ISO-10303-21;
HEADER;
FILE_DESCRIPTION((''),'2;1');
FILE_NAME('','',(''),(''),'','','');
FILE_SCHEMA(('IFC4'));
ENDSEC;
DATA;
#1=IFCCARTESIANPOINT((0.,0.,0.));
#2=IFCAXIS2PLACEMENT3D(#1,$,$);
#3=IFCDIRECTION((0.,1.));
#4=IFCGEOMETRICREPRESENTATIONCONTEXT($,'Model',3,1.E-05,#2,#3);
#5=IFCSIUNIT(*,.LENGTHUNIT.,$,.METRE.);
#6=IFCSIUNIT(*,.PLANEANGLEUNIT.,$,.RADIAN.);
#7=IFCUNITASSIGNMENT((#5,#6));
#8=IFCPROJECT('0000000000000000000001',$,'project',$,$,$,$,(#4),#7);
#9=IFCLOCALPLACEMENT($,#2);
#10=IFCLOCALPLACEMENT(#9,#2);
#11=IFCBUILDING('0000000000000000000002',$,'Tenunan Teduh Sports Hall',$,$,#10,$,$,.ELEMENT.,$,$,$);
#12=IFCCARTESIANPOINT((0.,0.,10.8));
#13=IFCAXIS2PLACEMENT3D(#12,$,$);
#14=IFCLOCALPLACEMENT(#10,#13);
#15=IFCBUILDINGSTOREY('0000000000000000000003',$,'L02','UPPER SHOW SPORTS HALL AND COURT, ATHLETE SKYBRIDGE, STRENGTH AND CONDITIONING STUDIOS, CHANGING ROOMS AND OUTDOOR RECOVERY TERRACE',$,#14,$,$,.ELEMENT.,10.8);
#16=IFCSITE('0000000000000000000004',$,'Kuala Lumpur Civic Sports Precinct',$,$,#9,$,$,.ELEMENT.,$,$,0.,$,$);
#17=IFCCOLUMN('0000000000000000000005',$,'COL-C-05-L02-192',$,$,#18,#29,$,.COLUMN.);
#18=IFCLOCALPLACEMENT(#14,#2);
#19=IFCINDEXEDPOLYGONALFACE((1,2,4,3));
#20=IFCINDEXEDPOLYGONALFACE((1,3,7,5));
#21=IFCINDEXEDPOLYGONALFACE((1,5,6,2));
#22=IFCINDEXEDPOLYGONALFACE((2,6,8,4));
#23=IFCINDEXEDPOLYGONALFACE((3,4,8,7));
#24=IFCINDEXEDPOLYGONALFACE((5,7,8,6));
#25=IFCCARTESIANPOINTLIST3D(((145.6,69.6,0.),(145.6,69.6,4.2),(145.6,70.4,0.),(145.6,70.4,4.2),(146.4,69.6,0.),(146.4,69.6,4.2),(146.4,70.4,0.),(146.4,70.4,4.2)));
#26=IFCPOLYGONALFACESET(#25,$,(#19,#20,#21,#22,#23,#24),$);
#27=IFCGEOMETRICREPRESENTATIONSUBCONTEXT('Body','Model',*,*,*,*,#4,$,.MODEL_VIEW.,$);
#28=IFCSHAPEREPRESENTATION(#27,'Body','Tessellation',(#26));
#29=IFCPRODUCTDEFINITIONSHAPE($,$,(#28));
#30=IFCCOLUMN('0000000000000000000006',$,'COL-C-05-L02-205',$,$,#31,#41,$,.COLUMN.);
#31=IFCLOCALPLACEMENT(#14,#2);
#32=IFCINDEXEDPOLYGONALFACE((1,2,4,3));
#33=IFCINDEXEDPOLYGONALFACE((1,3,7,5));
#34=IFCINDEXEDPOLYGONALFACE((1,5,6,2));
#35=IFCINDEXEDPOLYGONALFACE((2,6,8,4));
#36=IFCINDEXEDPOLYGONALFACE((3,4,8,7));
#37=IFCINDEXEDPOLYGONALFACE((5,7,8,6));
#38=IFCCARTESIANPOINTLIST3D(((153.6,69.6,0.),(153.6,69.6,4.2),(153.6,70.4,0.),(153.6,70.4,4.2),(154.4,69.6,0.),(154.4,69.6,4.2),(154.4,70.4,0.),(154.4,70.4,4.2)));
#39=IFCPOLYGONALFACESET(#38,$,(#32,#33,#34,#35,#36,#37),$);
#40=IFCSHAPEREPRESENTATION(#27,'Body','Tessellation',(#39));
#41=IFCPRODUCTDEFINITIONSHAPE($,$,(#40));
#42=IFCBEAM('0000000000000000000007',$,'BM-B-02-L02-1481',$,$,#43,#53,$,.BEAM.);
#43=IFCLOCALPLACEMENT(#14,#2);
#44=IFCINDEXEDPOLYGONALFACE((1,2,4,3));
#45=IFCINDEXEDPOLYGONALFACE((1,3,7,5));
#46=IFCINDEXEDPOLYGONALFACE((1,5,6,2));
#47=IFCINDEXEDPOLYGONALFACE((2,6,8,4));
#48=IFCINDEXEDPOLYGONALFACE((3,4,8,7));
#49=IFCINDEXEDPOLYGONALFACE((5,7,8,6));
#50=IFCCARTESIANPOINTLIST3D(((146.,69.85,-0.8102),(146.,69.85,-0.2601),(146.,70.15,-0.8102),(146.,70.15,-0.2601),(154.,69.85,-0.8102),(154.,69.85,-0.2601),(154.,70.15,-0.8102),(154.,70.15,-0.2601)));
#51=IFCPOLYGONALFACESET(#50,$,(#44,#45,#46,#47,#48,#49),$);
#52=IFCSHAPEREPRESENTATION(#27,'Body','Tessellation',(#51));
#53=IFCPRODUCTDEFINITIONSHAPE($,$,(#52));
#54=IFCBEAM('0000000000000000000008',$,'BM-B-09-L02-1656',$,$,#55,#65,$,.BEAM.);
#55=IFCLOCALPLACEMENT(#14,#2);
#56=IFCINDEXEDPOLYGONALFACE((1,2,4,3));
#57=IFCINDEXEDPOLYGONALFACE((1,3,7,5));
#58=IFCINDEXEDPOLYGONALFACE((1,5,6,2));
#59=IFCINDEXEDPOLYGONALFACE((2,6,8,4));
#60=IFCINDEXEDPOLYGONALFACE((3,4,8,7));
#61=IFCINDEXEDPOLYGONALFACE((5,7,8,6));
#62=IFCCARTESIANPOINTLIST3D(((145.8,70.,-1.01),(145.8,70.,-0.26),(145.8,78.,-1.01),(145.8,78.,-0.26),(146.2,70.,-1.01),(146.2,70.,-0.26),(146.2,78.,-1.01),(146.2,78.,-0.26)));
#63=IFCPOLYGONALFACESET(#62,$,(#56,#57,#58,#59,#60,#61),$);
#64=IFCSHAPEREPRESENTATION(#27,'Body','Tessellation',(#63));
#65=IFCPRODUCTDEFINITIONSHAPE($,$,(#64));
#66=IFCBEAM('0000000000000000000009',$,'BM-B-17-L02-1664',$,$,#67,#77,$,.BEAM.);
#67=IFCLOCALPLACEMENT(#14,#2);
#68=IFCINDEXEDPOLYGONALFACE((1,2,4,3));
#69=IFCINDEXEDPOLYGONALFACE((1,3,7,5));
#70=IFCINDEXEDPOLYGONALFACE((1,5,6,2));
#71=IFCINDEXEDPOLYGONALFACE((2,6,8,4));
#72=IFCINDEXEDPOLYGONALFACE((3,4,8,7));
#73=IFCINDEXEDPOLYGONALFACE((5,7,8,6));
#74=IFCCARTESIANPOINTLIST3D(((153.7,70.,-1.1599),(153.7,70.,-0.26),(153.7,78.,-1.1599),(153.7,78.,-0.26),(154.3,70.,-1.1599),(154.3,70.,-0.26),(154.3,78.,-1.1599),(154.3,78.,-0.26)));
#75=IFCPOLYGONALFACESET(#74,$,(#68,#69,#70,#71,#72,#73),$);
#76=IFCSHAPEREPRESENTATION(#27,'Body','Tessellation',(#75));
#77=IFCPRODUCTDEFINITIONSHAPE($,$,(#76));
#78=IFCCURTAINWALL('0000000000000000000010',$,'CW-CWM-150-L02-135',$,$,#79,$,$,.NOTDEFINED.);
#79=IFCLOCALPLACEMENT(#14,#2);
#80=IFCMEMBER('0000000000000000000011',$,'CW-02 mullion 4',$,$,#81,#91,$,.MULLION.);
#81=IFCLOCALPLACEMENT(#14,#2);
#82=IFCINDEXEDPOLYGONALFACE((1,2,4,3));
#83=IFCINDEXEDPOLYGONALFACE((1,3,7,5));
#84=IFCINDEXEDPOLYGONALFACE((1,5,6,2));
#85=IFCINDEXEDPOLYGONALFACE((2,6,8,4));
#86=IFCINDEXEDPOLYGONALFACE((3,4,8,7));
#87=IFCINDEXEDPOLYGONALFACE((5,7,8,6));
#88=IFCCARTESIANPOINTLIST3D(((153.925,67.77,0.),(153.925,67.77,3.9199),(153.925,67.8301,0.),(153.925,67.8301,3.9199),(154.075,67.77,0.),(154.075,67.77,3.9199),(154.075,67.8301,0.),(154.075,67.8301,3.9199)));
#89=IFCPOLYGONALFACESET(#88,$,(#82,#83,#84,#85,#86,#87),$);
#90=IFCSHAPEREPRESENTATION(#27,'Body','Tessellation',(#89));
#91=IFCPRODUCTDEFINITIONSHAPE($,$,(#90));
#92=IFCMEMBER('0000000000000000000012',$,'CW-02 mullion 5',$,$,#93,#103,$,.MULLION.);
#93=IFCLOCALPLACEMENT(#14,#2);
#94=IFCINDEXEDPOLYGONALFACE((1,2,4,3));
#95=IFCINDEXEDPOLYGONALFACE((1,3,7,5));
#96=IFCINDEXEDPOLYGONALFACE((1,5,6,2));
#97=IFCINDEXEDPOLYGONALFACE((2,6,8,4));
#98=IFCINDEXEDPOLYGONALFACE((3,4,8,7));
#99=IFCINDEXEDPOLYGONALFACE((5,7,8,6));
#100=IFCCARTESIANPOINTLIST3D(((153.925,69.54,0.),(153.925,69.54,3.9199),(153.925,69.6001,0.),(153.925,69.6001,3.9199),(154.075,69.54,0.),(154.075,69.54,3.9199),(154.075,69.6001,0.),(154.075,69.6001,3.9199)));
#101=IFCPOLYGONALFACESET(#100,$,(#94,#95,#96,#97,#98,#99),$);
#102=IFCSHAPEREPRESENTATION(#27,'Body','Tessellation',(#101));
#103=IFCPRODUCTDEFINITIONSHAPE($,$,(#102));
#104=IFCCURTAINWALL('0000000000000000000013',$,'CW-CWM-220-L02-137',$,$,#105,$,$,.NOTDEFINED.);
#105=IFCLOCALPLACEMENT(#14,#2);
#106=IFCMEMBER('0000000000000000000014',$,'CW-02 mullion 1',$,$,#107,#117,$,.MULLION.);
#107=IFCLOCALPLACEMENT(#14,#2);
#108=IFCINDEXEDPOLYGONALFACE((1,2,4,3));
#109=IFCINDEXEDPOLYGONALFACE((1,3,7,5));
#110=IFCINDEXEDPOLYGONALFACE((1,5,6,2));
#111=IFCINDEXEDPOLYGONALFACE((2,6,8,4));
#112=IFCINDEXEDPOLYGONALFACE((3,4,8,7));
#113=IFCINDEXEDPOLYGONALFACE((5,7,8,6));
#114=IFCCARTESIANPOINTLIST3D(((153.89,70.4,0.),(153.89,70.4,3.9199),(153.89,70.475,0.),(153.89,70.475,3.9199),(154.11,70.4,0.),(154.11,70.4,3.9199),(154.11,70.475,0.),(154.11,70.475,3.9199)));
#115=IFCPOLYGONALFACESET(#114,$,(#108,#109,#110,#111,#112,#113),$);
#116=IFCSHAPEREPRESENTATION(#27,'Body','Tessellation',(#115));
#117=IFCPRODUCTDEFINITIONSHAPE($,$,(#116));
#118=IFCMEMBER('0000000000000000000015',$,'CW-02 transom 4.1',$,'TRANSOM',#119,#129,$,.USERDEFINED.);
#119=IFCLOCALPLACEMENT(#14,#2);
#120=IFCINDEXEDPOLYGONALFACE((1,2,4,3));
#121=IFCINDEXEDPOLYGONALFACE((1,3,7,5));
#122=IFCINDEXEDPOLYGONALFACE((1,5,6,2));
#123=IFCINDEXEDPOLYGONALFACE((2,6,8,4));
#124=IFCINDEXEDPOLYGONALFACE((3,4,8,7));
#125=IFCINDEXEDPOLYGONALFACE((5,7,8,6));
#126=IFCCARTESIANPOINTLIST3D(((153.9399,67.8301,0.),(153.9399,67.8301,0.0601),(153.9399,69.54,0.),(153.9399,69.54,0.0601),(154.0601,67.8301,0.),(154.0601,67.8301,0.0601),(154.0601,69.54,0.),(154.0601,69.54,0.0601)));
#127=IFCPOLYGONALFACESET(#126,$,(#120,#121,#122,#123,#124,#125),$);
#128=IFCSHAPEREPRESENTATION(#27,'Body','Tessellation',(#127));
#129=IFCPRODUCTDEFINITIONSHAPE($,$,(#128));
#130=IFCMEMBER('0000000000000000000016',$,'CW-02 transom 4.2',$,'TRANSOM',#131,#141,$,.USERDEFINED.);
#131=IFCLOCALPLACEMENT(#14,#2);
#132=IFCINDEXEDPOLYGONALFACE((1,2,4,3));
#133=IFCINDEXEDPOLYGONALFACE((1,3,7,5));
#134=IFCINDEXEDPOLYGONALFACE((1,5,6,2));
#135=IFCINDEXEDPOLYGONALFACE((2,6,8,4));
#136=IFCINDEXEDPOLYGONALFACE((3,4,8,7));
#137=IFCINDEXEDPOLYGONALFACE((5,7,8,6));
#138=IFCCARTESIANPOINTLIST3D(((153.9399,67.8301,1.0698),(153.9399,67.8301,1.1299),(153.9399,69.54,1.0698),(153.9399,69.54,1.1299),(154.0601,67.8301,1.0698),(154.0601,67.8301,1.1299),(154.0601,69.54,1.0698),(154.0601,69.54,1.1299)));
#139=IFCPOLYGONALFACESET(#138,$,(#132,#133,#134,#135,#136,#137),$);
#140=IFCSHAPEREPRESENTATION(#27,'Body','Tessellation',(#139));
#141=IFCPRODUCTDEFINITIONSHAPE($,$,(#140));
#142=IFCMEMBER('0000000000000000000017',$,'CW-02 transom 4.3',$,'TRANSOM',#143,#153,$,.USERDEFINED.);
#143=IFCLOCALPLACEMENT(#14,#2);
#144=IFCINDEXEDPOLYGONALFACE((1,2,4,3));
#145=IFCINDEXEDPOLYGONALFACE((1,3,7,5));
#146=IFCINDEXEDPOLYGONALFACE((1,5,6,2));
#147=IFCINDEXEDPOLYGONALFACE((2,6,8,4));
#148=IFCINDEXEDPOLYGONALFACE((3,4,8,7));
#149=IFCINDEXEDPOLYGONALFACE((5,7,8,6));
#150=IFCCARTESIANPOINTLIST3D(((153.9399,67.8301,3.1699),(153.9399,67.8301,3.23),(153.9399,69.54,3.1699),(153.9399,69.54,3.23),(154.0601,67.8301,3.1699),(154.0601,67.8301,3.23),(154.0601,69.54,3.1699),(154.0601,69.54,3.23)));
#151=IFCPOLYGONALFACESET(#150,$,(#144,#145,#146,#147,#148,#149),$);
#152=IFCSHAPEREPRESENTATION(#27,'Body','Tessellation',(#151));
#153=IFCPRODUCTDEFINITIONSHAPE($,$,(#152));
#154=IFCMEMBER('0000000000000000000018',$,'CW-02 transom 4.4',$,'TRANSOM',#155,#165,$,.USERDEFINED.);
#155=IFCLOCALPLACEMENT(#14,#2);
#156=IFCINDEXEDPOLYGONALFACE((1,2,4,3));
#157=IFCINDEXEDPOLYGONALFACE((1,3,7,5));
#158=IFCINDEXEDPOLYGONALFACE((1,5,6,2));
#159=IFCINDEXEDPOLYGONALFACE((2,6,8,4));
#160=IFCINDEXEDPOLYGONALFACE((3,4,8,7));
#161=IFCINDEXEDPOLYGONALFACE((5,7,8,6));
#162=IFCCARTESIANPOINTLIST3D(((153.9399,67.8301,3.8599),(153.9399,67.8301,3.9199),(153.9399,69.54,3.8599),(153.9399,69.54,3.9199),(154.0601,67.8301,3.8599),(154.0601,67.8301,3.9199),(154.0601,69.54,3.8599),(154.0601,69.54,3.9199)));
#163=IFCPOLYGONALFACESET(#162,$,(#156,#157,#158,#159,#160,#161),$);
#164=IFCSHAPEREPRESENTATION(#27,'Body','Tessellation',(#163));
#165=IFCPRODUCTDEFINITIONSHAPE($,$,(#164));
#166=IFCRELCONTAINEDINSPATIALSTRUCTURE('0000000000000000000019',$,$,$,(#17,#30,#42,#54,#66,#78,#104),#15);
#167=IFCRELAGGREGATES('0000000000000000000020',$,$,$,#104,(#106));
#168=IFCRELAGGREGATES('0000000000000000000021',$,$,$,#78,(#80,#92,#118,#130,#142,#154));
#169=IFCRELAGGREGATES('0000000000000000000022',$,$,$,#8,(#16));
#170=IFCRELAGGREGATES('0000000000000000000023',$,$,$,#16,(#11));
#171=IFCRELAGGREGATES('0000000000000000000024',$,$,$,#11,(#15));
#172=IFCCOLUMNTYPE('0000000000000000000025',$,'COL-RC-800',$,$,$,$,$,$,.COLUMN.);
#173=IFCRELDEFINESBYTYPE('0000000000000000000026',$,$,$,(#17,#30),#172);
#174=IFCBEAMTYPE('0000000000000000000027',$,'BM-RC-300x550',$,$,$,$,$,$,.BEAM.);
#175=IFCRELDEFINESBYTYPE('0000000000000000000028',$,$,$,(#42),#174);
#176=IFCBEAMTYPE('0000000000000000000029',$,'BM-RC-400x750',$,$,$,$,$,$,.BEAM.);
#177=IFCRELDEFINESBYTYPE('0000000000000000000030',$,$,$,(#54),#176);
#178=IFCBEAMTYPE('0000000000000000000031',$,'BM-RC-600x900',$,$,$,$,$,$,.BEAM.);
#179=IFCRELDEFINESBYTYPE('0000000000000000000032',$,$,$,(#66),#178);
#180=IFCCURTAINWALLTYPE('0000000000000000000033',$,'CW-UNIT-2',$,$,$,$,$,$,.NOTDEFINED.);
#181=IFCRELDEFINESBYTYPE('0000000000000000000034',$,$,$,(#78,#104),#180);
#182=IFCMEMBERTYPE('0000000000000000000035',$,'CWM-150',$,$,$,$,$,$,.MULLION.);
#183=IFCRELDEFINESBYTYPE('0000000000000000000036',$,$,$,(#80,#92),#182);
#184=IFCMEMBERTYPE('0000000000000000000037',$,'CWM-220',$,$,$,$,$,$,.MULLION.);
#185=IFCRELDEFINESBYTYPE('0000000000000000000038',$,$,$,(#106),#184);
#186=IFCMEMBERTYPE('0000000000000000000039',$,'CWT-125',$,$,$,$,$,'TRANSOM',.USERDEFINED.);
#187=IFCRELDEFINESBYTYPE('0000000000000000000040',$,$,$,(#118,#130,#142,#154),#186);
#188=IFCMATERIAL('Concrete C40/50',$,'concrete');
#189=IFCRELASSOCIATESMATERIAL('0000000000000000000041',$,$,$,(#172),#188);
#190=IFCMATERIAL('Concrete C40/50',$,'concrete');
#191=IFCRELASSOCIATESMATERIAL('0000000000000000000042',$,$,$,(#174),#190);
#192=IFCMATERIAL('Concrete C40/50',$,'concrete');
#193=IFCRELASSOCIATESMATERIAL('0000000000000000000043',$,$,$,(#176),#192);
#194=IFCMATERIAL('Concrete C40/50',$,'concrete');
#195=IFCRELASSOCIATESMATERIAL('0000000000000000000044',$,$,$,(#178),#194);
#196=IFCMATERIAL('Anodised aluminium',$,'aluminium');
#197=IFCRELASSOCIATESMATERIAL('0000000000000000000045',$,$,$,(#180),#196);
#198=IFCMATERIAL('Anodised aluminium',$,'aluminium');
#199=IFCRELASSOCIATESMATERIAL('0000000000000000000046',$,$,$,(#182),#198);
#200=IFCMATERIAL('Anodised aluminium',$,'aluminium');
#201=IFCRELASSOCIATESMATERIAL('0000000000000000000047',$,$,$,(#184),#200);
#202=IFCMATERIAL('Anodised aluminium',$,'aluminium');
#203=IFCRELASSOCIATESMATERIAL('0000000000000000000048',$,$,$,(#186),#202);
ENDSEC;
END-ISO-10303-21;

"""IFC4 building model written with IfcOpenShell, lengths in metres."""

from ifc_helpers import new_model, si_unit, direction, frame, origin, origin_2d, place, context, subcontext, project, spatial, rectangle, extrude, material, material_profile, profile_set, type_object, element, aggregate, save


model = new_model("IFC4")

# Units and contexts
model_context = context("Model", 3, precision=1e-05, world=origin(), true_north=direction((0.0, 1.0)))
body_context = subcontext(model_context, "Body", "Model", "MODEL_VIEW")
ifc_project = project(units=[si_unit("LENGTHUNIT", "METRE"), si_unit("PLANEANGLEUNIT", "RADIAN")], contexts=[model_context])

# Site, building, storey
site_placement = place(None, origin())
site = spatial("IfcSite", under=ifc_project, at=site_placement, Name="Kuala Lumpur Civic Sports Precinct", CompositionType="ELEMENT", RefElevation=0.0)
building_placement = place(site_placement, origin())
building = spatial("IfcBuilding", under=site, at=building_placement, Name="Tenunan Teduh Sports Hall", CompositionType="ELEMENT")
storey_placement = place(building_placement, frame((0.0, 0.0, 10.8)))
storey = spatial("IfcBuildingStorey", under=building, at=storey_placement, Name="L02", Description="UPPER SHOW SPORTS HALL AND COURT, ATHLETE SKYBRIDGE, STRENGTH AND CONDITIONING STUDIOS, CHANGING ROOMS AND OUTDOOR RECOVERY TERRACE", CompositionType="ELEMENT", Elevation=10.8)

# Columns
ifc_material_1 = material(Name="Concrete C40/50", Category="concrete")
ifc_material_profile_1 = material_profile(ifc_material_1, rectangle(XDim=0.8, YDim=0.8, at=origin_2d()), Name="RC 800x800")
ifc_profile_set_1 = profile_set([ifc_material_profile_1], Name="Concrete C40/50")
column_type = type_object("IfcColumnType", Name="COL-RC-800", PredefinedType="COLUMN", material=ifc_profile_set_1)
for number, where, z_axis, x_axis, name in (
    (1, (146.0, 70.0, 0.0), (0.0, 0.0, 1.0), (1.0, 0.0, 0.0), "COL-C-05-L02-192"),
    (2, (154.0, 70.0, 0.0), (0.0, 0.0, 1.0), (1.0, 0.0, 0.0), "COL-C-05-L02-205"),
):
    element("IfcColumn", number, at=place(storey_placement, frame(where, z_axis=z_axis, x_axis=x_axis)), inside=storey, type_object=column_type, Name=name, PredefinedType="COLUMN", context=body_context, shape_type="SweptSolid", body=[
        extrude(rectangle(XDim=0.8, YDim=0.8, at=origin_2d()), origin(), (0.0, 0.0, 1.0), 4.2),
    ])

# Beams
ifc_material_2 = material(Name="Concrete C40/50", Category="concrete")
ifc_material_profile_2 = material_profile(ifc_material_2, rectangle(XDim=0.3, YDim=0.55, at=origin_2d()), Name="RCB 300x550")
ifc_profile_set_2 = profile_set([ifc_material_profile_2], Name="Concrete C40/50")
beam_type_1 = type_object("IfcBeamType", Name="BM-RC-300x550", PredefinedType="BEAM", material=ifc_profile_set_2)
beam_1_placement = place(storey_placement, frame((146.0, 70.0, -0.5352), z_axis=(1.0, 0.0, 0.0), x_axis=(0.0, 1.0, 0.0)))
element("IfcBeam", 3, at=beam_1_placement, inside=storey, type_object=beam_type_1, Name="BM-B-02-L02-1481", PredefinedType="BEAM", context=body_context, shape_type="SweptSolid", body=[
    extrude(rectangle(XDim=0.3, YDim=0.55, at=origin_2d()), origin(), (0.0, 0.0, 1.0), 8.0),
])
ifc_material_3 = material(Name="Concrete C40/50", Category="concrete")
ifc_material_profile_3 = material_profile(ifc_material_3, rectangle(XDim=0.3999, YDim=0.75, at=origin_2d()), Name="RCB 400x750")
ifc_profile_set_3 = profile_set([ifc_material_profile_3], Name="Concrete C40/50")
beam_type_2 = type_object("IfcBeamType", Name="BM-RC-400x750", PredefinedType="BEAM", material=ifc_profile_set_3)
beam_2_placement = place(storey_placement, frame((146.0, 70.0, -0.635), z_axis=(0.0, 1.0, 0.0), x_axis=(-1.0, 0.0, 0.0)))
element("IfcBeam", 4, at=beam_2_placement, inside=storey, type_object=beam_type_2, Name="BM-B-09-L02-1656", PredefinedType="BEAM", context=body_context, shape_type="SweptSolid", body=[
    extrude(rectangle(XDim=0.3999, YDim=0.75, at=origin_2d()), origin(), (0.0, 0.0, 1.0), 8.0),
])
ifc_material_4 = material(Name="Concrete C40/50", Category="concrete")
ifc_material_profile_4 = material_profile(ifc_material_4, rectangle(XDim=0.6001, YDim=0.8999, at=origin_2d()), Name="RCB 600x900")
ifc_profile_set_4 = profile_set([ifc_material_profile_4], Name="Concrete C40/50")
beam_type_3 = type_object("IfcBeamType", Name="BM-RC-600x900", PredefinedType="BEAM", material=ifc_profile_set_4)
beam_3_placement = place(storey_placement, frame((154.0, 70.0, -0.71), z_axis=(0.0, 1.0, 0.0), x_axis=(-1.0, 0.0, 0.0)))
element("IfcBeam", 5, at=beam_3_placement, inside=storey, type_object=beam_type_3, Name="BM-B-17-L02-1664", PredefinedType="BEAM", context=body_context, shape_type="SweptSolid", body=[
    extrude(rectangle(XDim=0.6001, YDim=0.8999, at=origin_2d()), origin(), (0.0, 0.0, 1.0), 8.0),
])

# Curtain wall, members
ifc_material_5 = material(Name="Anodised aluminium", Category="aluminium")
curtain_wall_type = type_object("IfcCurtainWallType", Name="CW-UNIT-2", PredefinedType="NOTDEFINED", material=ifc_material_5)
curtain_wall_1_placement = place(storey_placement, origin())
curtain_wall_1 = element("IfcCurtainWall", 6, at=curtain_wall_1_placement, inside=storey, type_object=curtain_wall_type, Name="CW-CWM-150-L02-135", PredefinedType="NOTDEFINED")
ifc_material_6 = material(Name="Anodised aluminium", Category="aluminium")
ifc_material_profile_5 = material_profile(ifc_material_6, rectangle(XDim=0.0601, YDim=0.1499, at=origin_2d()), Name="CWM 60x150")
ifc_profile_set_5 = profile_set([ifc_material_profile_5], Name="Anodised aluminium")
member_type_1 = type_object("IfcMemberType", Name="CWM-150", PredefinedType="MULLION", material=ifc_profile_set_5)
member_1_placement = place(storey_placement, frame((154.0, 67.8, 0.0), z_axis=(0.0, 0.0, 1.0), x_axis=(0.0, 1.0, 0.0)))
member_1 = element("IfcMember", 7, at=member_1_placement, type_object=member_type_1, Name="CW-02 mullion 4", PredefinedType="MULLION", context=body_context, shape_type="SweptSolid", body=[
    extrude(rectangle(XDim=0.0601, YDim=0.1499, at=origin_2d()), origin(), (0.0, 0.0, 1.0), 3.9199),
])
member_2_placement = place(storey_placement, frame((154.0, 69.5701, 0.0), z_axis=(0.0, 0.0, 1.0), x_axis=(0.0, 1.0, 0.0)))
member_2 = element("IfcMember", 8, at=member_2_placement, type_object=member_type_1, Name="CW-02 mullion 5", PredefinedType="MULLION", context=body_context, shape_type="SweptSolid", body=[
    extrude(rectangle(XDim=0.0601, YDim=0.1499, at=origin_2d()), origin(), (0.0, 0.0, 1.0), 3.9199),
])

# Curtain wall, member
curtain_wall_2_placement = place(storey_placement, origin())
curtain_wall_2 = element("IfcCurtainWall", 9, at=curtain_wall_2_placement, inside=storey, type_object=curtain_wall_type, Name="CW-CWM-220-L02-137", PredefinedType="NOTDEFINED")
ifc_material_7 = material(Name="Anodised aluminium", Category="aluminium")
ifc_material_profile_6 = material_profile(ifc_material_7, rectangle(XDim=0.075, YDim=0.22, at=origin_2d()), Name="CWM 75x220")
ifc_profile_set_6 = profile_set([ifc_material_profile_6], Name="Anodised aluminium")
member_type_2 = type_object("IfcMemberType", Name="CWM-220", PredefinedType="MULLION", material=ifc_profile_set_6)
member_3_placement = place(storey_placement, frame((154.0, 70.4375, 0.0), z_axis=(0.0, 0.0, 1.0), x_axis=(0.0, 1.0, 0.0)))
member_3 = element("IfcMember", 10, at=member_3_placement, type_object=member_type_2, Name="CW-02 mullion 1", PredefinedType="MULLION", context=body_context, shape_type="SweptSolid", body=[
    extrude(rectangle(XDim=0.075, YDim=0.22, at=origin_2d()), origin(), (0.0, 0.0, 1.0), 3.9199),
])
aggregate(curtain_wall_2, [member_3])

# Members
ifc_material_8 = material(Name="Anodised aluminium", Category="aluminium")
ifc_material_profile_7 = material_profile(ifc_material_8, rectangle(XDim=0.0601, YDim=0.1201, at=origin_2d()), Name="CWT 60x120")
ifc_profile_set_7 = profile_set([ifc_material_profile_7], Name="Anodised aluminium")
member_type_3 = type_object("IfcMemberType", Name="CWT-125", ElementType="TRANSOM", PredefinedType="USERDEFINED", material=ifc_profile_set_7)
member_4_placement = place(storey_placement, frame((154.0, 67.8301, 0.03), z_axis=(0.0, 1.0, 0.0), x_axis=(0.0, 0.0, 1.0)))
member_4 = element("IfcMember", 11, at=member_4_placement, type_object=member_type_3, Name="CW-02 transom 4.1", ObjectType="TRANSOM", PredefinedType="USERDEFINED", context=body_context, shape_type="SweptSolid", body=[
    extrude(rectangle(XDim=0.0601, YDim=0.1201, at=origin_2d()), origin(), (0.0, 0.0, 1.0), 1.71),
])
member_5_placement = place(storey_placement, frame((154.0, 67.8301, 1.0999), z_axis=(0.0, 1.0, 0.0), x_axis=(0.0, 0.0, 1.0)))
member_5 = element("IfcMember", 12, at=member_5_placement, type_object=member_type_3, Name="CW-02 transom 4.2", ObjectType="TRANSOM", PredefinedType="USERDEFINED", context=body_context, shape_type="SweptSolid", body=[
    extrude(rectangle(XDim=0.0601, YDim=0.1201, at=origin_2d()), origin(), (0.0, 0.0, 1.0), 1.71),
])
member_6_placement = place(storey_placement, frame((154.0, 67.8301, 3.2), z_axis=(0.0, 1.0, 0.0), x_axis=(0.0, 0.0, 1.0)))
member_6 = element("IfcMember", 13, at=member_6_placement, type_object=member_type_3, Name="CW-02 transom 4.3", ObjectType="TRANSOM", PredefinedType="USERDEFINED", context=body_context, shape_type="SweptSolid", body=[
    extrude(rectangle(XDim=0.0601, YDim=0.1201, at=origin_2d()), origin(), (0.0, 0.0, 1.0), 1.71),
])
member_7_placement = place(storey_placement, frame((154.0, 67.8301, 3.8899), z_axis=(0.0, 1.0, 0.0), x_axis=(0.0, 0.0, 1.0)))
member_7 = element("IfcMember", 14, at=member_7_placement, type_object=member_type_3, Name="CW-02 transom 4.4", ObjectType="TRANSOM", PredefinedType="USERDEFINED", context=body_context, shape_type="SweptSolid", body=[
    extrude(rectangle(XDim=0.0601, YDim=0.1201, at=origin_2d()), origin(), (0.0, 0.0, 1.0), 1.71),
])

aggregate(curtain_wall_1, [member_1, member_2, member_4, member_5, member_6, member_7])

save(model, "model.ifc")
